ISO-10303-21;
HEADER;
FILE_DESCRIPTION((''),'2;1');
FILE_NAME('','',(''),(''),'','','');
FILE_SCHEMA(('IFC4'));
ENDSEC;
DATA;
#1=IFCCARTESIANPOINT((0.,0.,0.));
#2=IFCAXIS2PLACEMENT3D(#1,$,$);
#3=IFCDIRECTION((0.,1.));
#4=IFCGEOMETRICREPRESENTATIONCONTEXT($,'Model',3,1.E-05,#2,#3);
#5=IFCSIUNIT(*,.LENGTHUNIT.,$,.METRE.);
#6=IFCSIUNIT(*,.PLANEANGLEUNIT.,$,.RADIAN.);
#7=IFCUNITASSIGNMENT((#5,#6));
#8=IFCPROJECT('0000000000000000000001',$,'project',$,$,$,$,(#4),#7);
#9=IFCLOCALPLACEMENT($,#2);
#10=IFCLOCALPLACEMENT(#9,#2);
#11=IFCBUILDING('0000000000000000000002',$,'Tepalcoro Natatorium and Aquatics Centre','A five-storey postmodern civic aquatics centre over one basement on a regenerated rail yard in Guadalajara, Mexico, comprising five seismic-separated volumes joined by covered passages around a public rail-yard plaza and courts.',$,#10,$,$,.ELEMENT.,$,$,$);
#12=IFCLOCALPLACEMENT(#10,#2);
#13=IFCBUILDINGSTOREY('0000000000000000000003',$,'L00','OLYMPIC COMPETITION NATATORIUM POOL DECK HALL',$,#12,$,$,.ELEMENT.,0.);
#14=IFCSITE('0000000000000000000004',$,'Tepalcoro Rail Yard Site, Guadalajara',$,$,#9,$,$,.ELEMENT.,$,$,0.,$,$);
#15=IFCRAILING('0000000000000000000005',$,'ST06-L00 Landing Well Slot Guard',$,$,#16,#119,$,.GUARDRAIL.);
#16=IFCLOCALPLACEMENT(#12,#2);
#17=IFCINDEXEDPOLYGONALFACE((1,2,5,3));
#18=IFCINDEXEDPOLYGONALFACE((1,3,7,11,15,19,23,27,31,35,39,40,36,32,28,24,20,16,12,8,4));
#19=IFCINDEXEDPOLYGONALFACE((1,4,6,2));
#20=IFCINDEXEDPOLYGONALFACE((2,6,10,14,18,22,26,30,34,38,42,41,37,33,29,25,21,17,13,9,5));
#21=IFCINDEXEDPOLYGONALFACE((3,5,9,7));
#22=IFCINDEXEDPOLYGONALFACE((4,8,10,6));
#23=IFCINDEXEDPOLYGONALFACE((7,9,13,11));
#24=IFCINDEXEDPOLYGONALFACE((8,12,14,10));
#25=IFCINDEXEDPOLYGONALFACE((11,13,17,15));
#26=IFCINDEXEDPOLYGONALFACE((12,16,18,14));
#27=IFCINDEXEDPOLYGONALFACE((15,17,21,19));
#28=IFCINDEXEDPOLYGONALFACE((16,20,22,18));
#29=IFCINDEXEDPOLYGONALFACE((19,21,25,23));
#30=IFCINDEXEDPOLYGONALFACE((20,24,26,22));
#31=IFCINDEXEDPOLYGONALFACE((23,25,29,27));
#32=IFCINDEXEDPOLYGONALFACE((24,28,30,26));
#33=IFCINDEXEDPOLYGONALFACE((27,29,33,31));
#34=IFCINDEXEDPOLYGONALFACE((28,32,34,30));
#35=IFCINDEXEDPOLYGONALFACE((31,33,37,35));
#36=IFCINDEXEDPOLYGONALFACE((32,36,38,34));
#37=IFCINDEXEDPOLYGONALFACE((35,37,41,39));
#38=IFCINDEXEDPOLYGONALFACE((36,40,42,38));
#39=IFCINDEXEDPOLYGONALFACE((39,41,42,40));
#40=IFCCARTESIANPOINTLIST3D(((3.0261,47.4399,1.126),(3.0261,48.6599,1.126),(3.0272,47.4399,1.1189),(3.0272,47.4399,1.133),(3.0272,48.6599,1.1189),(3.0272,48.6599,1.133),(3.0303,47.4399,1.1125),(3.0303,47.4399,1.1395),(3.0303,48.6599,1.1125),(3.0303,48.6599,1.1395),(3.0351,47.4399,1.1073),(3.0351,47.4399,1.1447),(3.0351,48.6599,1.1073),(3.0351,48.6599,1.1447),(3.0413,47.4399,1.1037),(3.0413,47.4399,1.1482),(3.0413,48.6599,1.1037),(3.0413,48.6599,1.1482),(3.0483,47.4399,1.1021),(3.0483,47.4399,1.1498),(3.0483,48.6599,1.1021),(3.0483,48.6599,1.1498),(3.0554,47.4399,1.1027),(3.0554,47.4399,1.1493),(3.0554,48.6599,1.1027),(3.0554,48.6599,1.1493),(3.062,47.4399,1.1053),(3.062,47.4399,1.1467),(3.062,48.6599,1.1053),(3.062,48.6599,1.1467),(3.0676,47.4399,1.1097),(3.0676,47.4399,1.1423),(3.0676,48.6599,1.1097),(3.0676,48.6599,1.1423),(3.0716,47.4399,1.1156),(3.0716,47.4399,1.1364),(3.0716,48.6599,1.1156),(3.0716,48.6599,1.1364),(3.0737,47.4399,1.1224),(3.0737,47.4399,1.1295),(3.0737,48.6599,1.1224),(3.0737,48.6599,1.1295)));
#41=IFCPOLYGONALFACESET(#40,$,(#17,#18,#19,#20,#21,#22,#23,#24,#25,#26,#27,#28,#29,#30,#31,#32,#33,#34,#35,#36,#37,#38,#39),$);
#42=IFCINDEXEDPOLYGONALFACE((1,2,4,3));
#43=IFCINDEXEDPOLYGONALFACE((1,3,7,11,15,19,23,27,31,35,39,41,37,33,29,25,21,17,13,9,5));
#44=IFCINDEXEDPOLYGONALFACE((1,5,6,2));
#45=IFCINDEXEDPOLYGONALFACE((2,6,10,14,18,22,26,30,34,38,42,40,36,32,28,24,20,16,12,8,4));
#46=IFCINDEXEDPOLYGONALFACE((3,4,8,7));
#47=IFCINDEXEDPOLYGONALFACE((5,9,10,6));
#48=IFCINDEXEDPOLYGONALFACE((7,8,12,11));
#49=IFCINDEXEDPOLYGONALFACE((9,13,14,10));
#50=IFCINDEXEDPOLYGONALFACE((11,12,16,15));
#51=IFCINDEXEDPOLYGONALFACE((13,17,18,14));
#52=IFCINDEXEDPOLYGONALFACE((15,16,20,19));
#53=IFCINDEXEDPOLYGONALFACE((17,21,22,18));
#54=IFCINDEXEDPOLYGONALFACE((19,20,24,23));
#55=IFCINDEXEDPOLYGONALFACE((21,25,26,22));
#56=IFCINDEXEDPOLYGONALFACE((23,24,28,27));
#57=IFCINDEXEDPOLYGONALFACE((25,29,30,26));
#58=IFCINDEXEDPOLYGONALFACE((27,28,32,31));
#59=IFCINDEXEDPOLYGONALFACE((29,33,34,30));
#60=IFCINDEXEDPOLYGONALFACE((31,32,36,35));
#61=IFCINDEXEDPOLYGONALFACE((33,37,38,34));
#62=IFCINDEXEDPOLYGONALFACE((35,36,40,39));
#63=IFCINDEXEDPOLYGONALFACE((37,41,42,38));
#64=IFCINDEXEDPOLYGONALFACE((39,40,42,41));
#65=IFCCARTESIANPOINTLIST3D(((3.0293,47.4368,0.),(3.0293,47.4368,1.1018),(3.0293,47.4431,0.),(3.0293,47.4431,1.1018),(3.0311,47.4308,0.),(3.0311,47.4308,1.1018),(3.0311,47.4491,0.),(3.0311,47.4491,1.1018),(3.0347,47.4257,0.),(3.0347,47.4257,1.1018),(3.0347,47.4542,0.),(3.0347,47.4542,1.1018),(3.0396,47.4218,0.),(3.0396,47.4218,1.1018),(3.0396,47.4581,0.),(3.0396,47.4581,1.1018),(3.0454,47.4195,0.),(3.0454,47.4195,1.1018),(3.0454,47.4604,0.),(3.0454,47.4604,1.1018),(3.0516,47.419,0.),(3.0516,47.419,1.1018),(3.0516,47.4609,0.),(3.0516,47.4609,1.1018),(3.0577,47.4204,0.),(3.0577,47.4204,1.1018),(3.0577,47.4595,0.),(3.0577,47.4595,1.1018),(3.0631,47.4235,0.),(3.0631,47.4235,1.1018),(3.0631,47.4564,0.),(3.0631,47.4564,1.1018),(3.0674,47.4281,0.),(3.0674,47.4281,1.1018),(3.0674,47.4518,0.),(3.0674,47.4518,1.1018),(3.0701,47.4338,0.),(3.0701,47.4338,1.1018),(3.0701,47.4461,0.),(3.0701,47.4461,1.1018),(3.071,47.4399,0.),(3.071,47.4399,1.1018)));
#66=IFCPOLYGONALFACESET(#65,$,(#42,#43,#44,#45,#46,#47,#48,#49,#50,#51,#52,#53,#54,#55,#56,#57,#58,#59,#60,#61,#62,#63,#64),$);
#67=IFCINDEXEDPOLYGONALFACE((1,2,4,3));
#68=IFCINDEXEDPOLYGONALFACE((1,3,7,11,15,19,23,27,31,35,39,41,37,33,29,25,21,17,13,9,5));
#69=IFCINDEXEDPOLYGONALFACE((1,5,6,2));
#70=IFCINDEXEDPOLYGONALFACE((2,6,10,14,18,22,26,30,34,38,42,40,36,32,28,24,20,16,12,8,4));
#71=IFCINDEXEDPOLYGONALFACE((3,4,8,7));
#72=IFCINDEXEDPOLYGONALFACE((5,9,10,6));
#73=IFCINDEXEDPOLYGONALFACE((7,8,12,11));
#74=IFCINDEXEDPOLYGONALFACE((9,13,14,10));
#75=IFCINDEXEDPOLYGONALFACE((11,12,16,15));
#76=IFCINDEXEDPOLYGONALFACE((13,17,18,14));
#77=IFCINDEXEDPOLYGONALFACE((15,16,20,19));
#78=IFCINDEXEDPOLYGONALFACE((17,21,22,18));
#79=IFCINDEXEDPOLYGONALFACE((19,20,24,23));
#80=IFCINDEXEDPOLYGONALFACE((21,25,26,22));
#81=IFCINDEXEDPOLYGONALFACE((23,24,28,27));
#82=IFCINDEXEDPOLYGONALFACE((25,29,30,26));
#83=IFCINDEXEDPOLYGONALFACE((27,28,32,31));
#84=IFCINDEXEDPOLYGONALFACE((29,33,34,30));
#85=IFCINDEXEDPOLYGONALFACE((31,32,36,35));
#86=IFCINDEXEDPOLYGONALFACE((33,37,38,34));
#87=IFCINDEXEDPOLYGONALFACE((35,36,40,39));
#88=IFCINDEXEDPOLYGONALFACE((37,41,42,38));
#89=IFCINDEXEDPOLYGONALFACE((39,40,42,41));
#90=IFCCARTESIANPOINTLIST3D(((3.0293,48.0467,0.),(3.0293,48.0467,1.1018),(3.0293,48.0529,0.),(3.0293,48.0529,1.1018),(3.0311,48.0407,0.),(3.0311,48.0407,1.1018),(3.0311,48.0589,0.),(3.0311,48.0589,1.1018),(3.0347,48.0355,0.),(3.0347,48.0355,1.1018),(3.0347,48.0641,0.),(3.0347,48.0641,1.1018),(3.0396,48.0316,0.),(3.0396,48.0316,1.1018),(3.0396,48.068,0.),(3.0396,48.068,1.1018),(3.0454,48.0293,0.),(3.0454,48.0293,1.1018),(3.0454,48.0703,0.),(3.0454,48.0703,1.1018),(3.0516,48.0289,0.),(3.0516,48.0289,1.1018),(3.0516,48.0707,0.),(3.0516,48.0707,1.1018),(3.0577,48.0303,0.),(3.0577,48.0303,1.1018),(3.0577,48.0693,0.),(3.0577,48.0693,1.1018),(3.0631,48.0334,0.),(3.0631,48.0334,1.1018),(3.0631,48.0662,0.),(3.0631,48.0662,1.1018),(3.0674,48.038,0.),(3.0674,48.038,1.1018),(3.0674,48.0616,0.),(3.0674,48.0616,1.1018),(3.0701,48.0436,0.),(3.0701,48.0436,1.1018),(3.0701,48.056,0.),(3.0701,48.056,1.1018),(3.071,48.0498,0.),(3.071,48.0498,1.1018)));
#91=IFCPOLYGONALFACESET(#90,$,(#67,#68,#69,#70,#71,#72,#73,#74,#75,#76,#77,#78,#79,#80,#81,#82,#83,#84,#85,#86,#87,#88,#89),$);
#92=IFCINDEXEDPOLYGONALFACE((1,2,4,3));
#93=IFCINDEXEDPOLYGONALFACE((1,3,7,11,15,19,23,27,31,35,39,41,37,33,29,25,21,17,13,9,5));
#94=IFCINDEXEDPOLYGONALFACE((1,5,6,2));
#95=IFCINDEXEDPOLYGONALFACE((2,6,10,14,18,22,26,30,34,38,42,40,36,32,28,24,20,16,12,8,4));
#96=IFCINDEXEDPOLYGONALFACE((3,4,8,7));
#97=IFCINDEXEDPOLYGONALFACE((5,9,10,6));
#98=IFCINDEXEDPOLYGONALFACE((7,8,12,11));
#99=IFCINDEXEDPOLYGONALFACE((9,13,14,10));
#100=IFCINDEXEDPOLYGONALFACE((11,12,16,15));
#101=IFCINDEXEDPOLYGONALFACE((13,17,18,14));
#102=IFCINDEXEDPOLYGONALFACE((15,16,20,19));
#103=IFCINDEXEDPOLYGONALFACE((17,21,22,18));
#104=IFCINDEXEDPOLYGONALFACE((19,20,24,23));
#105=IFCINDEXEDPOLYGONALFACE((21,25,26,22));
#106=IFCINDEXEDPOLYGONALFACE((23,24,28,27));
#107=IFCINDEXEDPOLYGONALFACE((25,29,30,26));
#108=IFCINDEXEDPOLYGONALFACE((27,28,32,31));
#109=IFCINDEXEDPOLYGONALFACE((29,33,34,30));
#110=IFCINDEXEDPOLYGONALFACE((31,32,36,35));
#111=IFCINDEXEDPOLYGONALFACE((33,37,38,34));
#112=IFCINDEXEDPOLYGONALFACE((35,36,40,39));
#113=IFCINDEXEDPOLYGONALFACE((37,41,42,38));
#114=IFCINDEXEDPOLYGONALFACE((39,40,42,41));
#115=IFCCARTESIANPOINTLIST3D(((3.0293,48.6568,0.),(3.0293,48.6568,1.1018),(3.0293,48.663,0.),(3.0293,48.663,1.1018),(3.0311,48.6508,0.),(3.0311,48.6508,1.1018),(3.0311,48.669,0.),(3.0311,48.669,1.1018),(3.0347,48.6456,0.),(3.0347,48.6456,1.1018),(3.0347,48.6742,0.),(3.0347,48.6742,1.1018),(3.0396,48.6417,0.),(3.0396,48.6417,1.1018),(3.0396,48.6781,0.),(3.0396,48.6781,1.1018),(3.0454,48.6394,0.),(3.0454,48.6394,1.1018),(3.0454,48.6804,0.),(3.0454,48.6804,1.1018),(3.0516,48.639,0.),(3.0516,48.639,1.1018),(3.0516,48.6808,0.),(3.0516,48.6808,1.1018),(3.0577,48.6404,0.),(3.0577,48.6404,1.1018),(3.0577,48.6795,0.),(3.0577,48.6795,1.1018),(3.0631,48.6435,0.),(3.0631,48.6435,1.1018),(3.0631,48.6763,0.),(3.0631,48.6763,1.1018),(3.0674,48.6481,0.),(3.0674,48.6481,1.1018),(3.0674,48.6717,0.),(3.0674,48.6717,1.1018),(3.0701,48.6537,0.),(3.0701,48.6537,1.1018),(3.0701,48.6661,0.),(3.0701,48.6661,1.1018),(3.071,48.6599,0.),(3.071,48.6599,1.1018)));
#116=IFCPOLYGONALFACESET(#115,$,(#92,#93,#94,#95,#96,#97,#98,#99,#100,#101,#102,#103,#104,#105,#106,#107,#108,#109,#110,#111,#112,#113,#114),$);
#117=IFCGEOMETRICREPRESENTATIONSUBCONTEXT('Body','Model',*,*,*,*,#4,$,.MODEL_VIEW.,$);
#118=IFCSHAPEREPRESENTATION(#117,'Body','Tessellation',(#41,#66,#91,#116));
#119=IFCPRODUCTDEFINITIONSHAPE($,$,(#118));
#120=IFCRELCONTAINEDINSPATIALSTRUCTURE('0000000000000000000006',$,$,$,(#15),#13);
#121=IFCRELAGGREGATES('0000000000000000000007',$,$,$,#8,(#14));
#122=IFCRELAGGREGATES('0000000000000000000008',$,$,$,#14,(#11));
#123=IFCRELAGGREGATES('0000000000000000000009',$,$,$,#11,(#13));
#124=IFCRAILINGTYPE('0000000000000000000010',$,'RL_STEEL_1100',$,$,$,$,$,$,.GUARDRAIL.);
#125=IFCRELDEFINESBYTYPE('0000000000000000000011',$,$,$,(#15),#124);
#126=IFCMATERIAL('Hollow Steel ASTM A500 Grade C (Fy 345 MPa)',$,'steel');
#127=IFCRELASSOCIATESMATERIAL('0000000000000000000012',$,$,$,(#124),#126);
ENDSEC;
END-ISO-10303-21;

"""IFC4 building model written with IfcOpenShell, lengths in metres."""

from ifc_helpers import new_model, si_unit, direction, frame, origin, origin_2d, place, context, subcontext, project, spatial, circle, extrude, material, type_object, element, save


model = new_model("IFC4")

# Units and contexts
model_context = context("Model", 3, precision=1e-05, world=origin(), true_north=direction((0.0, 1.0)))
body_context = subcontext(model_context, "Body", "Model", "MODEL_VIEW")
ifc_project = project(units=[si_unit("LENGTHUNIT", "METRE"), si_unit("PLANEANGLEUNIT", "RADIAN")], contexts=[model_context])

# Site, building, storey
site_placement = place(None, origin())
site = spatial("IfcSite", under=ifc_project, at=site_placement, Name="Tepalcoro Rail Yard Site, Guadalajara", CompositionType="ELEMENT", RefElevation=0.0)
building_placement = place(site_placement, origin())
building = spatial("IfcBuilding", under=site, at=building_placement, Name="Tepalcoro Natatorium and Aquatics Centre", Description="A five-storey postmodern civic aquatics centre over one basement on a regenerated rail yard in Guadalajara, Mexico, comprising five seismic-separated volumes joined by covered passages around a public rail-yard plaza and courts.", CompositionType="ELEMENT")
storey_placement = place(building_placement, origin())
storey = spatial("IfcBuildingStorey", under=building, at=storey_placement, Name="L00", Description="OLYMPIC COMPETITION NATATORIUM POOL DECK HALL", CompositionType="ELEMENT", Elevation=0.0)

# Railing
ifc_material_1 = material(Name="Hollow Steel ASTM A500 Grade C (Fy 345 MPa)", Category="steel")
railing_type_1 = type_object("IfcRailingType", Name="RL_STEEL_1100", PredefinedType="GUARDRAIL", material=ifc_material_1)
railing_1_placement = place(storey_placement, frame((3.05, 47.4399, 0.0)))
element("IfcRailing", 1, at=railing_1_placement, inside=storey, type_object=railing_type_1, Name="ST06-L00 Landing Well Slot Guard", PredefinedType="GUARDRAIL", context=body_context, shape_type="SweptSolid", body=[
    extrude(circle(Radius=0.0239, at=origin_2d()), frame((0.0, 0.0, 1.126), z_axis=(0.0, 1.0, 0.0), x_axis=(-1.0, 0.0, 0.0)), (0.0, 0.0, 1.0), 1.22),
    extrude(circle(Radius=0.021, at=origin_2d()), origin(), (0.0, 0.0, 1.0), 1.1018),
    extrude(circle(Radius=0.021, at=origin_2d()), frame((0.0, 0.6099, 0.0)), (0.0, 0.0, 1.0), 1.1018),
    extrude(circle(Radius=0.021, at=origin_2d()), frame((0.0, 1.22, 0.0)), (0.0, 0.0, 1.0), 1.1018),
])

save(model, "model.ifc")
